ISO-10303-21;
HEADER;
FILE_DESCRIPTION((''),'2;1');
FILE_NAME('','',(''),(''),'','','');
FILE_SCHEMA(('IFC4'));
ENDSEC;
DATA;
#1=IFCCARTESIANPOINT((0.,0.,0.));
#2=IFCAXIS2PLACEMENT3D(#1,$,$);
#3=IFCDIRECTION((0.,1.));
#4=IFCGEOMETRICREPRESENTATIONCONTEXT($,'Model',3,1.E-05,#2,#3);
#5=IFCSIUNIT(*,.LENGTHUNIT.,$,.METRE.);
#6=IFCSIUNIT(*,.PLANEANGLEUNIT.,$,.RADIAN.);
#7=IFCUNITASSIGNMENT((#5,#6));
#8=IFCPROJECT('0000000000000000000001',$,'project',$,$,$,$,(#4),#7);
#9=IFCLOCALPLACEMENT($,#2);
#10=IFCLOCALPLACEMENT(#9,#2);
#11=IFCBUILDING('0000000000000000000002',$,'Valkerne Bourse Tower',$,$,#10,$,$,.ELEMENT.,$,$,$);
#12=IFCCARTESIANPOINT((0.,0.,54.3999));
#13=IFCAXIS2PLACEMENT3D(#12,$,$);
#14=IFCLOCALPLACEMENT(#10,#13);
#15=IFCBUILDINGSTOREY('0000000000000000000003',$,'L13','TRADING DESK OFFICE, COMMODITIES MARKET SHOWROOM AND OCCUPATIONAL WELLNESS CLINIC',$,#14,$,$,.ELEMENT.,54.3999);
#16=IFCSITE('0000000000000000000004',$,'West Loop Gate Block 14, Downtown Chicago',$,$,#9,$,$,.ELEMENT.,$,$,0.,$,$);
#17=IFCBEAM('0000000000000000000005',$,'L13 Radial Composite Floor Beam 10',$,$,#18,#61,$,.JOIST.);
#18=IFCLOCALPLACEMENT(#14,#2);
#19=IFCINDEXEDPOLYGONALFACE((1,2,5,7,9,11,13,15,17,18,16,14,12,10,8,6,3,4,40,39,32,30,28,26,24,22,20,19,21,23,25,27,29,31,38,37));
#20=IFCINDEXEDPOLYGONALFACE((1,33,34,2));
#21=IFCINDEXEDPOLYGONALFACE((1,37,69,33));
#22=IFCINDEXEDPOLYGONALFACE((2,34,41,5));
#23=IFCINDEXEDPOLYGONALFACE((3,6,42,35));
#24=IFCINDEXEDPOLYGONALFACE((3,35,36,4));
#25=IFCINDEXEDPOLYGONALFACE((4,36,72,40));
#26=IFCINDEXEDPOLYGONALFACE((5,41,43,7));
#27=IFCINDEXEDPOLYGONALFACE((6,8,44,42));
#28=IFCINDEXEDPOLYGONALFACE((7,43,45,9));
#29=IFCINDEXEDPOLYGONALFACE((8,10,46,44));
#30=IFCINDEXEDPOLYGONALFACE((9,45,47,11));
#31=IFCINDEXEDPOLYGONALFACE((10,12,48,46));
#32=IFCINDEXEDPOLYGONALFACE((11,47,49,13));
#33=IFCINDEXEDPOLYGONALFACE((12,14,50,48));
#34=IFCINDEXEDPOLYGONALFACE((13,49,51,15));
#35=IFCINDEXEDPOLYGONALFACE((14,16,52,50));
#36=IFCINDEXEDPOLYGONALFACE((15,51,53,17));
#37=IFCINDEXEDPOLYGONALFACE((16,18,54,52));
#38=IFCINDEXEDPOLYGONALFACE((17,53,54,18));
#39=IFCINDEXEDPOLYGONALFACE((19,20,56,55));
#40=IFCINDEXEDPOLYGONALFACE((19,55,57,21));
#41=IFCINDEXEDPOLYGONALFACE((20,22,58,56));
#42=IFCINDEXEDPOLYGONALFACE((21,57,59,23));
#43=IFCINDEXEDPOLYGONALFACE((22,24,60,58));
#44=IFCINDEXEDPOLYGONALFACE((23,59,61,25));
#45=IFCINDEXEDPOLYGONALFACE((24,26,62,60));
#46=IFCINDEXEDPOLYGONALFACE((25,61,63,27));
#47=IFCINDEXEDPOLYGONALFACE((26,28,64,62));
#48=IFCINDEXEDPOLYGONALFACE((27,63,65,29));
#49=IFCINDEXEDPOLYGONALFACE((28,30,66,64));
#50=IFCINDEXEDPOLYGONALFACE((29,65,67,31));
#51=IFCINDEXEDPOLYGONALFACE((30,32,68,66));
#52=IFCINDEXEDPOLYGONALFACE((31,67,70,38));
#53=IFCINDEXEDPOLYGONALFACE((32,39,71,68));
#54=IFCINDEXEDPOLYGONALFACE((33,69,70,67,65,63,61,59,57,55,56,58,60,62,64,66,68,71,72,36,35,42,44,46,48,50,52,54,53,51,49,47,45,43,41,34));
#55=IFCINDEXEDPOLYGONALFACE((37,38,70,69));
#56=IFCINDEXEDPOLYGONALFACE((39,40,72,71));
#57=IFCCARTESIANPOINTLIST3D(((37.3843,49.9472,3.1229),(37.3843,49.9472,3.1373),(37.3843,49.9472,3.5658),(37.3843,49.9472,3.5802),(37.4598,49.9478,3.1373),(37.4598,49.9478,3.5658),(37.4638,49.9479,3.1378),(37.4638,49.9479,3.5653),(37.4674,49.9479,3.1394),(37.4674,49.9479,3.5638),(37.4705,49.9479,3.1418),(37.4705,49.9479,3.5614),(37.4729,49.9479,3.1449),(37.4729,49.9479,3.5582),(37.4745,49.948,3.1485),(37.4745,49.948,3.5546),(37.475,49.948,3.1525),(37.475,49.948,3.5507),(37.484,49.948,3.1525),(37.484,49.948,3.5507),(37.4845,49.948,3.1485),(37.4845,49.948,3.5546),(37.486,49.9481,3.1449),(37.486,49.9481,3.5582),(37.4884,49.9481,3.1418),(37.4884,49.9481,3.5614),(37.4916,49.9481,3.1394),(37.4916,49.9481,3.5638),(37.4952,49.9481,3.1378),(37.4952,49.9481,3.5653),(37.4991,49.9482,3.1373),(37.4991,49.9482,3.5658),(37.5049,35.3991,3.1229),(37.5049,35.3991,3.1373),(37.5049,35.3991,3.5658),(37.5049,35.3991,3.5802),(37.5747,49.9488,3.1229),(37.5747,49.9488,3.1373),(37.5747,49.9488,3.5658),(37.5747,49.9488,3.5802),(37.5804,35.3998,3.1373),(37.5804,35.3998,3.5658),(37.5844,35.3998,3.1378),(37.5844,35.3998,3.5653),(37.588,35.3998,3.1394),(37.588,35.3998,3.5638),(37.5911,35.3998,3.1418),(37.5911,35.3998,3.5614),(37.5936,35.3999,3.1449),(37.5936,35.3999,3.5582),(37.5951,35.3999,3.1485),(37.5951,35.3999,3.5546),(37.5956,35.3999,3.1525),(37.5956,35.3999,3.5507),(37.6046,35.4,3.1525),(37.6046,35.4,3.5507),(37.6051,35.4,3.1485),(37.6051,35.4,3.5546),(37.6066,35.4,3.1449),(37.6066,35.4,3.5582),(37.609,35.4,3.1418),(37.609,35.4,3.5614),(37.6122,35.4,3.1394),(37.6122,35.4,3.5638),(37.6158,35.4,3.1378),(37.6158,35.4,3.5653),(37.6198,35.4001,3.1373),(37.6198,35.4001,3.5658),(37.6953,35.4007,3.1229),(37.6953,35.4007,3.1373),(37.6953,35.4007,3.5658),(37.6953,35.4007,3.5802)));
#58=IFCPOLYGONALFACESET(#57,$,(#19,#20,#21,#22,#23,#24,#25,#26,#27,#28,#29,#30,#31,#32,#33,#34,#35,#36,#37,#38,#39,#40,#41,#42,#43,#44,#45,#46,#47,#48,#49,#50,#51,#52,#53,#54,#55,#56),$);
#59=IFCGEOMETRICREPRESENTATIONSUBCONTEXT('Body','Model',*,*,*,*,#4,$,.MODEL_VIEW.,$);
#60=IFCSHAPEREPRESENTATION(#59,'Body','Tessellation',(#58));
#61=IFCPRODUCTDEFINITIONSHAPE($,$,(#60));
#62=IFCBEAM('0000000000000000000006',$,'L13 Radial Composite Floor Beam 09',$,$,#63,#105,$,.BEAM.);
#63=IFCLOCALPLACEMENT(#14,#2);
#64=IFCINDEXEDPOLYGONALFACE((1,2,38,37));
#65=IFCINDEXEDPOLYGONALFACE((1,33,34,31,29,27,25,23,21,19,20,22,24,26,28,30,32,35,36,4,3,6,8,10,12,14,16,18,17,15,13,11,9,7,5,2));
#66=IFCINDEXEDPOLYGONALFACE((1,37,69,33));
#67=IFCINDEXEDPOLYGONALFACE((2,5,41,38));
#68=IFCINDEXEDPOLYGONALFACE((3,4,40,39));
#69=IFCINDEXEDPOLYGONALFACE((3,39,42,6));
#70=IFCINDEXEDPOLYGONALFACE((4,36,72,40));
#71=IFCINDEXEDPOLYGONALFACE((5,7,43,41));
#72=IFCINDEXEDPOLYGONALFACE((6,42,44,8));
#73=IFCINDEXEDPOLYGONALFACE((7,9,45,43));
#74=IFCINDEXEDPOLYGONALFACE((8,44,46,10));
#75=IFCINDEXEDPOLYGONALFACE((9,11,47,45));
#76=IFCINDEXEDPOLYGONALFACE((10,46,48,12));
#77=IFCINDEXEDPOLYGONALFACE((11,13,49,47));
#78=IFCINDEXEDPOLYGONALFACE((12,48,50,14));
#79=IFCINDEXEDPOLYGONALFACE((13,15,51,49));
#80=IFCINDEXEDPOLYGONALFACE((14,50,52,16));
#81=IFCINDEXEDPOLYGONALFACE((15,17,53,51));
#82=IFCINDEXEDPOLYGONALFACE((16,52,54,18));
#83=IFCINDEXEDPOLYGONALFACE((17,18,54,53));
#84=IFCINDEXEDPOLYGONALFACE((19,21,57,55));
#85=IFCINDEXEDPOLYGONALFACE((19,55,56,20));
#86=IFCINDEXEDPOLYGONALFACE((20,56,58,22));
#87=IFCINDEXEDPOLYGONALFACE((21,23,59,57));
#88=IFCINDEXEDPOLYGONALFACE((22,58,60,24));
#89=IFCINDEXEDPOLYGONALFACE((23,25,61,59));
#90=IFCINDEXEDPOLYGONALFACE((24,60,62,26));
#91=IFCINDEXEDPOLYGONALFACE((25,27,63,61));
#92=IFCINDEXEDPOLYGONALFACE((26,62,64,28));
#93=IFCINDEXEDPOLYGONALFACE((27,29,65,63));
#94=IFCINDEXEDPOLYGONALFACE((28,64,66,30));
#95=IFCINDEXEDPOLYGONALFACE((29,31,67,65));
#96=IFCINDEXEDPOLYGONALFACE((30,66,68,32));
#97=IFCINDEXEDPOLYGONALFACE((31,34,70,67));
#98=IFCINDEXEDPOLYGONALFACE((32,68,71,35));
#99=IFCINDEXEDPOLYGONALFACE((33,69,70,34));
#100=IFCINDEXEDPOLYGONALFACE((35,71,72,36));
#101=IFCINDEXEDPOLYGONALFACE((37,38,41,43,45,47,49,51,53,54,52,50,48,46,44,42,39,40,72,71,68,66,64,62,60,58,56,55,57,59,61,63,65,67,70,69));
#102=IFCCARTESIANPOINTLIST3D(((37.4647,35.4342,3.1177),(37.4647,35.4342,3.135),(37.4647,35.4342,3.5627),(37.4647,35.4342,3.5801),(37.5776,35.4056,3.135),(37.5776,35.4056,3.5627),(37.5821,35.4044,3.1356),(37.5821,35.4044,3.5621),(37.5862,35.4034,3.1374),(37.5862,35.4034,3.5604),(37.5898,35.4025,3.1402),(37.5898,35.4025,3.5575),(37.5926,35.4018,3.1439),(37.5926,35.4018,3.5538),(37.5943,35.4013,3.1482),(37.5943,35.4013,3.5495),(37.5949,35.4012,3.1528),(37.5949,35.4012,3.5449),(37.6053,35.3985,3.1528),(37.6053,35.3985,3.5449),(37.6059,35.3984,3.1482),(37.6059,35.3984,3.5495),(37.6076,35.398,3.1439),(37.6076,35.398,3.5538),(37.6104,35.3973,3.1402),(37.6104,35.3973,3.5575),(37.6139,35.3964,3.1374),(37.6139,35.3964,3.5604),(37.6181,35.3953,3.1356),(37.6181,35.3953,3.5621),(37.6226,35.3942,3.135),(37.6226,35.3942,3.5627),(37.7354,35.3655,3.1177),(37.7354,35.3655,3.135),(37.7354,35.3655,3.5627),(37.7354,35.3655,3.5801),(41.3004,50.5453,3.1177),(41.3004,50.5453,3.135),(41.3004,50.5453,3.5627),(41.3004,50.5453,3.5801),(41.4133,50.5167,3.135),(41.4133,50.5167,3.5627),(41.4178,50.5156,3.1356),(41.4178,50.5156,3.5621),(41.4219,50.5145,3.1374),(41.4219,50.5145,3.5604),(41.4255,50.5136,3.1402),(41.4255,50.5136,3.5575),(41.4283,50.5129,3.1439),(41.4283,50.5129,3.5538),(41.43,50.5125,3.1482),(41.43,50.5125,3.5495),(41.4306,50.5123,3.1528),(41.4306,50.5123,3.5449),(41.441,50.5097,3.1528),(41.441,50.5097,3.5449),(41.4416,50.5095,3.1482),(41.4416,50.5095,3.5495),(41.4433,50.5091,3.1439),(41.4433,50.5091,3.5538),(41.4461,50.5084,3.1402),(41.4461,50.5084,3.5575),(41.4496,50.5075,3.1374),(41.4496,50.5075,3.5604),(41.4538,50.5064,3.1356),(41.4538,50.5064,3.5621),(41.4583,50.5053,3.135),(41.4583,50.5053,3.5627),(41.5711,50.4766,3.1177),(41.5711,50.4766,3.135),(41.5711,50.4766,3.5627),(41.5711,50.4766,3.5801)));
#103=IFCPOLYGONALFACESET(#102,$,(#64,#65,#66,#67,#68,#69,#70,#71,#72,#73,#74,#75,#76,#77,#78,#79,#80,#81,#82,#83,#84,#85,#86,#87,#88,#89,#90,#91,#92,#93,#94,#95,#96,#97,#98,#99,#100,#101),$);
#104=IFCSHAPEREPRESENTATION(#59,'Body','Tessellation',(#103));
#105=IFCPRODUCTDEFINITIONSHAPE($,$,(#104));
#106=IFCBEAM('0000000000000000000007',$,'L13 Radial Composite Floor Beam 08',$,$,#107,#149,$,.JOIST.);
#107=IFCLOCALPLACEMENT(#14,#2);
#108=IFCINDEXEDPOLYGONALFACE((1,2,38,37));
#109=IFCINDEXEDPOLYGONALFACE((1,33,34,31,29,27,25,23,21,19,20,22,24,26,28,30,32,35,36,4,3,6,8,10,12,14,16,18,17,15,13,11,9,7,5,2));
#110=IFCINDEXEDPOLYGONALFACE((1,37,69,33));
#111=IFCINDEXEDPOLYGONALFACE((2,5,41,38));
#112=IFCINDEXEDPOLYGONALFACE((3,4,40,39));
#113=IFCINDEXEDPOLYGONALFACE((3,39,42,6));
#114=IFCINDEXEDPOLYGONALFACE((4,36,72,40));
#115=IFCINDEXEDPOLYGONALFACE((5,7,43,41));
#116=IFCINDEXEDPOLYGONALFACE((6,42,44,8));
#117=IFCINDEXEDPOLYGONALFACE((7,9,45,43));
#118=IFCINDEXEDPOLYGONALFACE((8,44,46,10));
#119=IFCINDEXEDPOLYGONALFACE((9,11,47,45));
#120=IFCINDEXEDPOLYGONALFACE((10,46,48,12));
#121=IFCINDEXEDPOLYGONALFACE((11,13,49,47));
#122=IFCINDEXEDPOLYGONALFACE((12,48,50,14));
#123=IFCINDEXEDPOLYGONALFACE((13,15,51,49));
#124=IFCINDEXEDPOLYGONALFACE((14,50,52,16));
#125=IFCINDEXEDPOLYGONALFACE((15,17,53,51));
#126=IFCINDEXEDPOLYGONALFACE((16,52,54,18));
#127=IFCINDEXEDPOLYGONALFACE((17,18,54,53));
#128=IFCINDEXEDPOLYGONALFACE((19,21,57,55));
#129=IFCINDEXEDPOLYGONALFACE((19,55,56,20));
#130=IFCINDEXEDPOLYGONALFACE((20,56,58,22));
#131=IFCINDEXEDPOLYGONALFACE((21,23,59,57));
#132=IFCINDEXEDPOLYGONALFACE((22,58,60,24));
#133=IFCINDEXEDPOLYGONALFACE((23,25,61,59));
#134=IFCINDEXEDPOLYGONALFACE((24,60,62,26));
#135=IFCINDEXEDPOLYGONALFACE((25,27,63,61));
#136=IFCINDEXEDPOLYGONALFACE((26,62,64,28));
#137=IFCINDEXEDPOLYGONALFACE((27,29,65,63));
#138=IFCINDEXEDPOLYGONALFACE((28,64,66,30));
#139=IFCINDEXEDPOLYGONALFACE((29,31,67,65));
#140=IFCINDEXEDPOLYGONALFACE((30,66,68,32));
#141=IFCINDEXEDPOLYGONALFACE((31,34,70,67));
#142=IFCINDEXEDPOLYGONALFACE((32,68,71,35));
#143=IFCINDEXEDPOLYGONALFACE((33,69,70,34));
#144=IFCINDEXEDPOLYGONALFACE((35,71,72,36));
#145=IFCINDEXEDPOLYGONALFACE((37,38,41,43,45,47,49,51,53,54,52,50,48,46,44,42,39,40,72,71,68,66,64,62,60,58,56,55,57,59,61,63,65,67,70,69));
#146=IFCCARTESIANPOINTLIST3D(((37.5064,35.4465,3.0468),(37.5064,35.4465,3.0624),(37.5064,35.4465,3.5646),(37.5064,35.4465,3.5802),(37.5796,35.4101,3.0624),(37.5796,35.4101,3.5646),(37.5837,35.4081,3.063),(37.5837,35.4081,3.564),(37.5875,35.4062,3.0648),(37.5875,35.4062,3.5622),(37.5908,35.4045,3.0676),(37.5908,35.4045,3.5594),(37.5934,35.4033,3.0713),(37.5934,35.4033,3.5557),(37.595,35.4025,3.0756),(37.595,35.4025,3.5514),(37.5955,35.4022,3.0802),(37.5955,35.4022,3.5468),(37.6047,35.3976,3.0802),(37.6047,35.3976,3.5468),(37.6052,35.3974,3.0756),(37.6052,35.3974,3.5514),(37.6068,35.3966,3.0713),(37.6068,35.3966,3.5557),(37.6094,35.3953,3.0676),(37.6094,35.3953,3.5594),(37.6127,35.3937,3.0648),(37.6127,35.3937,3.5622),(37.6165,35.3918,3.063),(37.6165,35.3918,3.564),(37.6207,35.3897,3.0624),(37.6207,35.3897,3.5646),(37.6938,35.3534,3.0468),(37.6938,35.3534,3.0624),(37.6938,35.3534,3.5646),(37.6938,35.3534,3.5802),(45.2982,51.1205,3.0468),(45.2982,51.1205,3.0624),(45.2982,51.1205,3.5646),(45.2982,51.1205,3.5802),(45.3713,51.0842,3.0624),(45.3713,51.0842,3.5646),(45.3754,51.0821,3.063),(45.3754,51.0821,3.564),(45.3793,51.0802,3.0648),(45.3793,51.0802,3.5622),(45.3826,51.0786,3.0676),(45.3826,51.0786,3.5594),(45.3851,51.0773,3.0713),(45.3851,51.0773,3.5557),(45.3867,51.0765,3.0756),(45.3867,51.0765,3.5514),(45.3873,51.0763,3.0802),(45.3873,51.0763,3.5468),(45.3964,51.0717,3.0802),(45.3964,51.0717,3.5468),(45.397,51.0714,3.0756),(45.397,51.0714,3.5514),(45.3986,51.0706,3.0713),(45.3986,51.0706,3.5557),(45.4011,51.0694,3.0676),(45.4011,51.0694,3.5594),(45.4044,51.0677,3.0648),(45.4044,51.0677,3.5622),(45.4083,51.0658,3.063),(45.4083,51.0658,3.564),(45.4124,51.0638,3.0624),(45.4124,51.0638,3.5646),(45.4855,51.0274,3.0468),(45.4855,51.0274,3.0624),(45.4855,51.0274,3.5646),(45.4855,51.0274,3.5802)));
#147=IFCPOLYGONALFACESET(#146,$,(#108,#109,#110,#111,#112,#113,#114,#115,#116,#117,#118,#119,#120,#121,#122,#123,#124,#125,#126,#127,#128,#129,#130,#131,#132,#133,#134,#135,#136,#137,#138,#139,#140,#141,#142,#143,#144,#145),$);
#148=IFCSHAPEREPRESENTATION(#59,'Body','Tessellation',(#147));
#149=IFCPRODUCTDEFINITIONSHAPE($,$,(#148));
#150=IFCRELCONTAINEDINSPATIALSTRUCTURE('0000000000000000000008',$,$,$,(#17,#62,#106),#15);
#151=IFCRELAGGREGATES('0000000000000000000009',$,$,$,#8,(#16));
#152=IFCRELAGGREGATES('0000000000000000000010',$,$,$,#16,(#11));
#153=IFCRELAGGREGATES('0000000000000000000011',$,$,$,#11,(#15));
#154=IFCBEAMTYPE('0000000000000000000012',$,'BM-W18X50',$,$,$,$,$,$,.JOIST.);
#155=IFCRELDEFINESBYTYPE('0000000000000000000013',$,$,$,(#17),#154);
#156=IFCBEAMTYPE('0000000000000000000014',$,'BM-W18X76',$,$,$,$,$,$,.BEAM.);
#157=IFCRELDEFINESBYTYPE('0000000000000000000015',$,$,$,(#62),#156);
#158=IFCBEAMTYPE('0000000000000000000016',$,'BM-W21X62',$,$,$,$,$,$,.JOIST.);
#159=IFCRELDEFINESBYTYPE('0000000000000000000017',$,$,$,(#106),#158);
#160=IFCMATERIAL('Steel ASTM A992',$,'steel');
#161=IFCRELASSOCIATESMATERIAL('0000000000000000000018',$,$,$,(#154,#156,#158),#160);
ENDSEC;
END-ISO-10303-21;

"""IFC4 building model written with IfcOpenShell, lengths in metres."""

from ifc_helpers import new_model, si_unit, direction, frame, origin, origin_2d, place, context, subcontext, project, spatial, i_section, extrude, material, material_profile, profile_set, type_object, element, save


model = new_model("IFC4")

# Units and contexts
model_context = context("Model", 3, precision=1e-05, world=origin(), true_north=direction((0.0, 1.0)))
body_context = subcontext(model_context, "Body", "Model", "MODEL_VIEW")
ifc_project = project(units=[si_unit("LENGTHUNIT", "METRE"), si_unit("PLANEANGLEUNIT", "RADIAN")], contexts=[model_context])

# Site, building, storey
site_placement = place(None, origin())
site = spatial("IfcSite", under=ifc_project, at=site_placement, Name="West Loop Gate Block 14, Downtown Chicago", CompositionType="ELEMENT", RefElevation=0.0)
building_placement = place(site_placement, origin())
building = spatial("IfcBuilding", under=site, at=building_placement, Name="Valkerne Bourse Tower", CompositionType="ELEMENT")
storey_placement = place(building_placement, frame((0.0, 0.0, 54.3999)))
storey = spatial("IfcBuildingStorey", under=building, at=storey_placement, Name="L13", Description="TRADING DESK OFFICE, COMMODITIES MARKET SHOWROOM AND OCCUPATIONAL WELLNESS CLINIC", CompositionType="ELEMENT", Elevation=54.3999)

# Beams
ifc_material_1 = material(Name="Steel ASTM A992", Category="steel")
ifc_material_profile_1 = material_profile(ifc_material_1, i_section(OverallWidth=0.1904, OverallDepth=0.4573, WebThickness=0.009, FlangeThickness=0.0144, FilletRadius=0.0151, at=origin_2d()), Name="W18X50")
ifc_profile_set_1 = profile_set([ifc_material_profile_1], Name="Steel ASTM A992")
beam_type_1 = type_object("IfcBeamType", Name="BM-W18X50", PredefinedType="JOIST", material=ifc_profile_set_1)
beam_1_placement = place(storey_placement, frame((37.4795, 49.948, 3.3516), z_axis=(0.00829, -0.999966, 0.0), x_axis=(0.999966, 0.00829, 0.0)))
element("IfcBeam", 1, at=beam_1_placement, inside=storey, type_object=beam_type_1, Name="L13 Radial Composite Floor Beam 10", PredefinedType="JOIST", context=body_context, shape_type="SweptSolid", body=[
    extrude(i_section(OverallWidth=0.1904, OverallDepth=0.4573, WebThickness=0.009, FlangeThickness=0.0144, FilletRadius=0.0151, at=origin_2d()), origin(), (0.0, 0.0, 1.0), 14.5486),
])
ifc_material_profile_2 = material_profile(ifc_material_1, i_section(OverallWidth=0.2793, OverallDepth=0.4624, WebThickness=0.0107, FlangeThickness=0.0173, FilletRadius=0.0178, at=origin_2d()), Name="W18X76")
ifc_profile_set_2 = profile_set([ifc_material_profile_2], Name="Steel ASTM A992")
beam_type_2 = type_object("IfcBeamType", Name="BM-W18X76", PredefinedType="BEAM", material=ifc_profile_set_2)
beam_2_placement = place(storey_placement, frame((41.4358, 50.511, 3.3489), z_axis=(-0.246031, -0.969262, 0.0), x_axis=(0.969262, -0.246031, 0.0)))
element("IfcBeam", 2, at=beam_2_placement, inside=storey, type_object=beam_type_2, Name="L13 Radial Composite Floor Beam 09", PredefinedType="BEAM", context=body_context, shape_type="SweptSolid", body=[
    extrude(i_section(OverallWidth=0.2793, OverallDepth=0.4624, WebThickness=0.0107, FlangeThickness=0.0173, FilletRadius=0.0178, at=origin_2d()), origin(), (0.0, 0.0, 1.0), 15.5903),
])
ifc_material_profile_3 = material_profile(ifc_material_1, i_section(OverallWidth=0.2092, OverallDepth=0.5334, WebThickness=0.0103, FlangeThickness=0.0156, FilletRadius=0.0178, at=origin_2d()), Name="W21X62")
ifc_profile_set_3 = profile_set([ifc_material_profile_3], Name="Steel ASTM A992")
beam_type_3 = type_object("IfcBeamType", Name="BM-W21X62", PredefinedType="JOIST", material=ifc_profile_set_3)
beam_3_placement = place(storey_placement, frame((45.3918, 51.074, 3.3135), z_axis=(-0.445143, -0.89546, 0.0), x_axis=(0.89546, -0.445143, 0.0)))
element("IfcBeam", 3, at=beam_3_placement, inside=storey, type_object=beam_type_3, Name="L13 Radial Composite Floor Beam 08", PredefinedType="JOIST", context=body_context, shape_type="SweptSolid", body=[
    extrude(i_section(OverallWidth=0.2092, OverallDepth=0.5334, WebThickness=0.0103, FlangeThickness=0.0156, FilletRadius=0.0178, at=origin_2d()), origin(), (0.0, 0.0, 1.0), 17.5039),
])

save(model, "model.ifc")
